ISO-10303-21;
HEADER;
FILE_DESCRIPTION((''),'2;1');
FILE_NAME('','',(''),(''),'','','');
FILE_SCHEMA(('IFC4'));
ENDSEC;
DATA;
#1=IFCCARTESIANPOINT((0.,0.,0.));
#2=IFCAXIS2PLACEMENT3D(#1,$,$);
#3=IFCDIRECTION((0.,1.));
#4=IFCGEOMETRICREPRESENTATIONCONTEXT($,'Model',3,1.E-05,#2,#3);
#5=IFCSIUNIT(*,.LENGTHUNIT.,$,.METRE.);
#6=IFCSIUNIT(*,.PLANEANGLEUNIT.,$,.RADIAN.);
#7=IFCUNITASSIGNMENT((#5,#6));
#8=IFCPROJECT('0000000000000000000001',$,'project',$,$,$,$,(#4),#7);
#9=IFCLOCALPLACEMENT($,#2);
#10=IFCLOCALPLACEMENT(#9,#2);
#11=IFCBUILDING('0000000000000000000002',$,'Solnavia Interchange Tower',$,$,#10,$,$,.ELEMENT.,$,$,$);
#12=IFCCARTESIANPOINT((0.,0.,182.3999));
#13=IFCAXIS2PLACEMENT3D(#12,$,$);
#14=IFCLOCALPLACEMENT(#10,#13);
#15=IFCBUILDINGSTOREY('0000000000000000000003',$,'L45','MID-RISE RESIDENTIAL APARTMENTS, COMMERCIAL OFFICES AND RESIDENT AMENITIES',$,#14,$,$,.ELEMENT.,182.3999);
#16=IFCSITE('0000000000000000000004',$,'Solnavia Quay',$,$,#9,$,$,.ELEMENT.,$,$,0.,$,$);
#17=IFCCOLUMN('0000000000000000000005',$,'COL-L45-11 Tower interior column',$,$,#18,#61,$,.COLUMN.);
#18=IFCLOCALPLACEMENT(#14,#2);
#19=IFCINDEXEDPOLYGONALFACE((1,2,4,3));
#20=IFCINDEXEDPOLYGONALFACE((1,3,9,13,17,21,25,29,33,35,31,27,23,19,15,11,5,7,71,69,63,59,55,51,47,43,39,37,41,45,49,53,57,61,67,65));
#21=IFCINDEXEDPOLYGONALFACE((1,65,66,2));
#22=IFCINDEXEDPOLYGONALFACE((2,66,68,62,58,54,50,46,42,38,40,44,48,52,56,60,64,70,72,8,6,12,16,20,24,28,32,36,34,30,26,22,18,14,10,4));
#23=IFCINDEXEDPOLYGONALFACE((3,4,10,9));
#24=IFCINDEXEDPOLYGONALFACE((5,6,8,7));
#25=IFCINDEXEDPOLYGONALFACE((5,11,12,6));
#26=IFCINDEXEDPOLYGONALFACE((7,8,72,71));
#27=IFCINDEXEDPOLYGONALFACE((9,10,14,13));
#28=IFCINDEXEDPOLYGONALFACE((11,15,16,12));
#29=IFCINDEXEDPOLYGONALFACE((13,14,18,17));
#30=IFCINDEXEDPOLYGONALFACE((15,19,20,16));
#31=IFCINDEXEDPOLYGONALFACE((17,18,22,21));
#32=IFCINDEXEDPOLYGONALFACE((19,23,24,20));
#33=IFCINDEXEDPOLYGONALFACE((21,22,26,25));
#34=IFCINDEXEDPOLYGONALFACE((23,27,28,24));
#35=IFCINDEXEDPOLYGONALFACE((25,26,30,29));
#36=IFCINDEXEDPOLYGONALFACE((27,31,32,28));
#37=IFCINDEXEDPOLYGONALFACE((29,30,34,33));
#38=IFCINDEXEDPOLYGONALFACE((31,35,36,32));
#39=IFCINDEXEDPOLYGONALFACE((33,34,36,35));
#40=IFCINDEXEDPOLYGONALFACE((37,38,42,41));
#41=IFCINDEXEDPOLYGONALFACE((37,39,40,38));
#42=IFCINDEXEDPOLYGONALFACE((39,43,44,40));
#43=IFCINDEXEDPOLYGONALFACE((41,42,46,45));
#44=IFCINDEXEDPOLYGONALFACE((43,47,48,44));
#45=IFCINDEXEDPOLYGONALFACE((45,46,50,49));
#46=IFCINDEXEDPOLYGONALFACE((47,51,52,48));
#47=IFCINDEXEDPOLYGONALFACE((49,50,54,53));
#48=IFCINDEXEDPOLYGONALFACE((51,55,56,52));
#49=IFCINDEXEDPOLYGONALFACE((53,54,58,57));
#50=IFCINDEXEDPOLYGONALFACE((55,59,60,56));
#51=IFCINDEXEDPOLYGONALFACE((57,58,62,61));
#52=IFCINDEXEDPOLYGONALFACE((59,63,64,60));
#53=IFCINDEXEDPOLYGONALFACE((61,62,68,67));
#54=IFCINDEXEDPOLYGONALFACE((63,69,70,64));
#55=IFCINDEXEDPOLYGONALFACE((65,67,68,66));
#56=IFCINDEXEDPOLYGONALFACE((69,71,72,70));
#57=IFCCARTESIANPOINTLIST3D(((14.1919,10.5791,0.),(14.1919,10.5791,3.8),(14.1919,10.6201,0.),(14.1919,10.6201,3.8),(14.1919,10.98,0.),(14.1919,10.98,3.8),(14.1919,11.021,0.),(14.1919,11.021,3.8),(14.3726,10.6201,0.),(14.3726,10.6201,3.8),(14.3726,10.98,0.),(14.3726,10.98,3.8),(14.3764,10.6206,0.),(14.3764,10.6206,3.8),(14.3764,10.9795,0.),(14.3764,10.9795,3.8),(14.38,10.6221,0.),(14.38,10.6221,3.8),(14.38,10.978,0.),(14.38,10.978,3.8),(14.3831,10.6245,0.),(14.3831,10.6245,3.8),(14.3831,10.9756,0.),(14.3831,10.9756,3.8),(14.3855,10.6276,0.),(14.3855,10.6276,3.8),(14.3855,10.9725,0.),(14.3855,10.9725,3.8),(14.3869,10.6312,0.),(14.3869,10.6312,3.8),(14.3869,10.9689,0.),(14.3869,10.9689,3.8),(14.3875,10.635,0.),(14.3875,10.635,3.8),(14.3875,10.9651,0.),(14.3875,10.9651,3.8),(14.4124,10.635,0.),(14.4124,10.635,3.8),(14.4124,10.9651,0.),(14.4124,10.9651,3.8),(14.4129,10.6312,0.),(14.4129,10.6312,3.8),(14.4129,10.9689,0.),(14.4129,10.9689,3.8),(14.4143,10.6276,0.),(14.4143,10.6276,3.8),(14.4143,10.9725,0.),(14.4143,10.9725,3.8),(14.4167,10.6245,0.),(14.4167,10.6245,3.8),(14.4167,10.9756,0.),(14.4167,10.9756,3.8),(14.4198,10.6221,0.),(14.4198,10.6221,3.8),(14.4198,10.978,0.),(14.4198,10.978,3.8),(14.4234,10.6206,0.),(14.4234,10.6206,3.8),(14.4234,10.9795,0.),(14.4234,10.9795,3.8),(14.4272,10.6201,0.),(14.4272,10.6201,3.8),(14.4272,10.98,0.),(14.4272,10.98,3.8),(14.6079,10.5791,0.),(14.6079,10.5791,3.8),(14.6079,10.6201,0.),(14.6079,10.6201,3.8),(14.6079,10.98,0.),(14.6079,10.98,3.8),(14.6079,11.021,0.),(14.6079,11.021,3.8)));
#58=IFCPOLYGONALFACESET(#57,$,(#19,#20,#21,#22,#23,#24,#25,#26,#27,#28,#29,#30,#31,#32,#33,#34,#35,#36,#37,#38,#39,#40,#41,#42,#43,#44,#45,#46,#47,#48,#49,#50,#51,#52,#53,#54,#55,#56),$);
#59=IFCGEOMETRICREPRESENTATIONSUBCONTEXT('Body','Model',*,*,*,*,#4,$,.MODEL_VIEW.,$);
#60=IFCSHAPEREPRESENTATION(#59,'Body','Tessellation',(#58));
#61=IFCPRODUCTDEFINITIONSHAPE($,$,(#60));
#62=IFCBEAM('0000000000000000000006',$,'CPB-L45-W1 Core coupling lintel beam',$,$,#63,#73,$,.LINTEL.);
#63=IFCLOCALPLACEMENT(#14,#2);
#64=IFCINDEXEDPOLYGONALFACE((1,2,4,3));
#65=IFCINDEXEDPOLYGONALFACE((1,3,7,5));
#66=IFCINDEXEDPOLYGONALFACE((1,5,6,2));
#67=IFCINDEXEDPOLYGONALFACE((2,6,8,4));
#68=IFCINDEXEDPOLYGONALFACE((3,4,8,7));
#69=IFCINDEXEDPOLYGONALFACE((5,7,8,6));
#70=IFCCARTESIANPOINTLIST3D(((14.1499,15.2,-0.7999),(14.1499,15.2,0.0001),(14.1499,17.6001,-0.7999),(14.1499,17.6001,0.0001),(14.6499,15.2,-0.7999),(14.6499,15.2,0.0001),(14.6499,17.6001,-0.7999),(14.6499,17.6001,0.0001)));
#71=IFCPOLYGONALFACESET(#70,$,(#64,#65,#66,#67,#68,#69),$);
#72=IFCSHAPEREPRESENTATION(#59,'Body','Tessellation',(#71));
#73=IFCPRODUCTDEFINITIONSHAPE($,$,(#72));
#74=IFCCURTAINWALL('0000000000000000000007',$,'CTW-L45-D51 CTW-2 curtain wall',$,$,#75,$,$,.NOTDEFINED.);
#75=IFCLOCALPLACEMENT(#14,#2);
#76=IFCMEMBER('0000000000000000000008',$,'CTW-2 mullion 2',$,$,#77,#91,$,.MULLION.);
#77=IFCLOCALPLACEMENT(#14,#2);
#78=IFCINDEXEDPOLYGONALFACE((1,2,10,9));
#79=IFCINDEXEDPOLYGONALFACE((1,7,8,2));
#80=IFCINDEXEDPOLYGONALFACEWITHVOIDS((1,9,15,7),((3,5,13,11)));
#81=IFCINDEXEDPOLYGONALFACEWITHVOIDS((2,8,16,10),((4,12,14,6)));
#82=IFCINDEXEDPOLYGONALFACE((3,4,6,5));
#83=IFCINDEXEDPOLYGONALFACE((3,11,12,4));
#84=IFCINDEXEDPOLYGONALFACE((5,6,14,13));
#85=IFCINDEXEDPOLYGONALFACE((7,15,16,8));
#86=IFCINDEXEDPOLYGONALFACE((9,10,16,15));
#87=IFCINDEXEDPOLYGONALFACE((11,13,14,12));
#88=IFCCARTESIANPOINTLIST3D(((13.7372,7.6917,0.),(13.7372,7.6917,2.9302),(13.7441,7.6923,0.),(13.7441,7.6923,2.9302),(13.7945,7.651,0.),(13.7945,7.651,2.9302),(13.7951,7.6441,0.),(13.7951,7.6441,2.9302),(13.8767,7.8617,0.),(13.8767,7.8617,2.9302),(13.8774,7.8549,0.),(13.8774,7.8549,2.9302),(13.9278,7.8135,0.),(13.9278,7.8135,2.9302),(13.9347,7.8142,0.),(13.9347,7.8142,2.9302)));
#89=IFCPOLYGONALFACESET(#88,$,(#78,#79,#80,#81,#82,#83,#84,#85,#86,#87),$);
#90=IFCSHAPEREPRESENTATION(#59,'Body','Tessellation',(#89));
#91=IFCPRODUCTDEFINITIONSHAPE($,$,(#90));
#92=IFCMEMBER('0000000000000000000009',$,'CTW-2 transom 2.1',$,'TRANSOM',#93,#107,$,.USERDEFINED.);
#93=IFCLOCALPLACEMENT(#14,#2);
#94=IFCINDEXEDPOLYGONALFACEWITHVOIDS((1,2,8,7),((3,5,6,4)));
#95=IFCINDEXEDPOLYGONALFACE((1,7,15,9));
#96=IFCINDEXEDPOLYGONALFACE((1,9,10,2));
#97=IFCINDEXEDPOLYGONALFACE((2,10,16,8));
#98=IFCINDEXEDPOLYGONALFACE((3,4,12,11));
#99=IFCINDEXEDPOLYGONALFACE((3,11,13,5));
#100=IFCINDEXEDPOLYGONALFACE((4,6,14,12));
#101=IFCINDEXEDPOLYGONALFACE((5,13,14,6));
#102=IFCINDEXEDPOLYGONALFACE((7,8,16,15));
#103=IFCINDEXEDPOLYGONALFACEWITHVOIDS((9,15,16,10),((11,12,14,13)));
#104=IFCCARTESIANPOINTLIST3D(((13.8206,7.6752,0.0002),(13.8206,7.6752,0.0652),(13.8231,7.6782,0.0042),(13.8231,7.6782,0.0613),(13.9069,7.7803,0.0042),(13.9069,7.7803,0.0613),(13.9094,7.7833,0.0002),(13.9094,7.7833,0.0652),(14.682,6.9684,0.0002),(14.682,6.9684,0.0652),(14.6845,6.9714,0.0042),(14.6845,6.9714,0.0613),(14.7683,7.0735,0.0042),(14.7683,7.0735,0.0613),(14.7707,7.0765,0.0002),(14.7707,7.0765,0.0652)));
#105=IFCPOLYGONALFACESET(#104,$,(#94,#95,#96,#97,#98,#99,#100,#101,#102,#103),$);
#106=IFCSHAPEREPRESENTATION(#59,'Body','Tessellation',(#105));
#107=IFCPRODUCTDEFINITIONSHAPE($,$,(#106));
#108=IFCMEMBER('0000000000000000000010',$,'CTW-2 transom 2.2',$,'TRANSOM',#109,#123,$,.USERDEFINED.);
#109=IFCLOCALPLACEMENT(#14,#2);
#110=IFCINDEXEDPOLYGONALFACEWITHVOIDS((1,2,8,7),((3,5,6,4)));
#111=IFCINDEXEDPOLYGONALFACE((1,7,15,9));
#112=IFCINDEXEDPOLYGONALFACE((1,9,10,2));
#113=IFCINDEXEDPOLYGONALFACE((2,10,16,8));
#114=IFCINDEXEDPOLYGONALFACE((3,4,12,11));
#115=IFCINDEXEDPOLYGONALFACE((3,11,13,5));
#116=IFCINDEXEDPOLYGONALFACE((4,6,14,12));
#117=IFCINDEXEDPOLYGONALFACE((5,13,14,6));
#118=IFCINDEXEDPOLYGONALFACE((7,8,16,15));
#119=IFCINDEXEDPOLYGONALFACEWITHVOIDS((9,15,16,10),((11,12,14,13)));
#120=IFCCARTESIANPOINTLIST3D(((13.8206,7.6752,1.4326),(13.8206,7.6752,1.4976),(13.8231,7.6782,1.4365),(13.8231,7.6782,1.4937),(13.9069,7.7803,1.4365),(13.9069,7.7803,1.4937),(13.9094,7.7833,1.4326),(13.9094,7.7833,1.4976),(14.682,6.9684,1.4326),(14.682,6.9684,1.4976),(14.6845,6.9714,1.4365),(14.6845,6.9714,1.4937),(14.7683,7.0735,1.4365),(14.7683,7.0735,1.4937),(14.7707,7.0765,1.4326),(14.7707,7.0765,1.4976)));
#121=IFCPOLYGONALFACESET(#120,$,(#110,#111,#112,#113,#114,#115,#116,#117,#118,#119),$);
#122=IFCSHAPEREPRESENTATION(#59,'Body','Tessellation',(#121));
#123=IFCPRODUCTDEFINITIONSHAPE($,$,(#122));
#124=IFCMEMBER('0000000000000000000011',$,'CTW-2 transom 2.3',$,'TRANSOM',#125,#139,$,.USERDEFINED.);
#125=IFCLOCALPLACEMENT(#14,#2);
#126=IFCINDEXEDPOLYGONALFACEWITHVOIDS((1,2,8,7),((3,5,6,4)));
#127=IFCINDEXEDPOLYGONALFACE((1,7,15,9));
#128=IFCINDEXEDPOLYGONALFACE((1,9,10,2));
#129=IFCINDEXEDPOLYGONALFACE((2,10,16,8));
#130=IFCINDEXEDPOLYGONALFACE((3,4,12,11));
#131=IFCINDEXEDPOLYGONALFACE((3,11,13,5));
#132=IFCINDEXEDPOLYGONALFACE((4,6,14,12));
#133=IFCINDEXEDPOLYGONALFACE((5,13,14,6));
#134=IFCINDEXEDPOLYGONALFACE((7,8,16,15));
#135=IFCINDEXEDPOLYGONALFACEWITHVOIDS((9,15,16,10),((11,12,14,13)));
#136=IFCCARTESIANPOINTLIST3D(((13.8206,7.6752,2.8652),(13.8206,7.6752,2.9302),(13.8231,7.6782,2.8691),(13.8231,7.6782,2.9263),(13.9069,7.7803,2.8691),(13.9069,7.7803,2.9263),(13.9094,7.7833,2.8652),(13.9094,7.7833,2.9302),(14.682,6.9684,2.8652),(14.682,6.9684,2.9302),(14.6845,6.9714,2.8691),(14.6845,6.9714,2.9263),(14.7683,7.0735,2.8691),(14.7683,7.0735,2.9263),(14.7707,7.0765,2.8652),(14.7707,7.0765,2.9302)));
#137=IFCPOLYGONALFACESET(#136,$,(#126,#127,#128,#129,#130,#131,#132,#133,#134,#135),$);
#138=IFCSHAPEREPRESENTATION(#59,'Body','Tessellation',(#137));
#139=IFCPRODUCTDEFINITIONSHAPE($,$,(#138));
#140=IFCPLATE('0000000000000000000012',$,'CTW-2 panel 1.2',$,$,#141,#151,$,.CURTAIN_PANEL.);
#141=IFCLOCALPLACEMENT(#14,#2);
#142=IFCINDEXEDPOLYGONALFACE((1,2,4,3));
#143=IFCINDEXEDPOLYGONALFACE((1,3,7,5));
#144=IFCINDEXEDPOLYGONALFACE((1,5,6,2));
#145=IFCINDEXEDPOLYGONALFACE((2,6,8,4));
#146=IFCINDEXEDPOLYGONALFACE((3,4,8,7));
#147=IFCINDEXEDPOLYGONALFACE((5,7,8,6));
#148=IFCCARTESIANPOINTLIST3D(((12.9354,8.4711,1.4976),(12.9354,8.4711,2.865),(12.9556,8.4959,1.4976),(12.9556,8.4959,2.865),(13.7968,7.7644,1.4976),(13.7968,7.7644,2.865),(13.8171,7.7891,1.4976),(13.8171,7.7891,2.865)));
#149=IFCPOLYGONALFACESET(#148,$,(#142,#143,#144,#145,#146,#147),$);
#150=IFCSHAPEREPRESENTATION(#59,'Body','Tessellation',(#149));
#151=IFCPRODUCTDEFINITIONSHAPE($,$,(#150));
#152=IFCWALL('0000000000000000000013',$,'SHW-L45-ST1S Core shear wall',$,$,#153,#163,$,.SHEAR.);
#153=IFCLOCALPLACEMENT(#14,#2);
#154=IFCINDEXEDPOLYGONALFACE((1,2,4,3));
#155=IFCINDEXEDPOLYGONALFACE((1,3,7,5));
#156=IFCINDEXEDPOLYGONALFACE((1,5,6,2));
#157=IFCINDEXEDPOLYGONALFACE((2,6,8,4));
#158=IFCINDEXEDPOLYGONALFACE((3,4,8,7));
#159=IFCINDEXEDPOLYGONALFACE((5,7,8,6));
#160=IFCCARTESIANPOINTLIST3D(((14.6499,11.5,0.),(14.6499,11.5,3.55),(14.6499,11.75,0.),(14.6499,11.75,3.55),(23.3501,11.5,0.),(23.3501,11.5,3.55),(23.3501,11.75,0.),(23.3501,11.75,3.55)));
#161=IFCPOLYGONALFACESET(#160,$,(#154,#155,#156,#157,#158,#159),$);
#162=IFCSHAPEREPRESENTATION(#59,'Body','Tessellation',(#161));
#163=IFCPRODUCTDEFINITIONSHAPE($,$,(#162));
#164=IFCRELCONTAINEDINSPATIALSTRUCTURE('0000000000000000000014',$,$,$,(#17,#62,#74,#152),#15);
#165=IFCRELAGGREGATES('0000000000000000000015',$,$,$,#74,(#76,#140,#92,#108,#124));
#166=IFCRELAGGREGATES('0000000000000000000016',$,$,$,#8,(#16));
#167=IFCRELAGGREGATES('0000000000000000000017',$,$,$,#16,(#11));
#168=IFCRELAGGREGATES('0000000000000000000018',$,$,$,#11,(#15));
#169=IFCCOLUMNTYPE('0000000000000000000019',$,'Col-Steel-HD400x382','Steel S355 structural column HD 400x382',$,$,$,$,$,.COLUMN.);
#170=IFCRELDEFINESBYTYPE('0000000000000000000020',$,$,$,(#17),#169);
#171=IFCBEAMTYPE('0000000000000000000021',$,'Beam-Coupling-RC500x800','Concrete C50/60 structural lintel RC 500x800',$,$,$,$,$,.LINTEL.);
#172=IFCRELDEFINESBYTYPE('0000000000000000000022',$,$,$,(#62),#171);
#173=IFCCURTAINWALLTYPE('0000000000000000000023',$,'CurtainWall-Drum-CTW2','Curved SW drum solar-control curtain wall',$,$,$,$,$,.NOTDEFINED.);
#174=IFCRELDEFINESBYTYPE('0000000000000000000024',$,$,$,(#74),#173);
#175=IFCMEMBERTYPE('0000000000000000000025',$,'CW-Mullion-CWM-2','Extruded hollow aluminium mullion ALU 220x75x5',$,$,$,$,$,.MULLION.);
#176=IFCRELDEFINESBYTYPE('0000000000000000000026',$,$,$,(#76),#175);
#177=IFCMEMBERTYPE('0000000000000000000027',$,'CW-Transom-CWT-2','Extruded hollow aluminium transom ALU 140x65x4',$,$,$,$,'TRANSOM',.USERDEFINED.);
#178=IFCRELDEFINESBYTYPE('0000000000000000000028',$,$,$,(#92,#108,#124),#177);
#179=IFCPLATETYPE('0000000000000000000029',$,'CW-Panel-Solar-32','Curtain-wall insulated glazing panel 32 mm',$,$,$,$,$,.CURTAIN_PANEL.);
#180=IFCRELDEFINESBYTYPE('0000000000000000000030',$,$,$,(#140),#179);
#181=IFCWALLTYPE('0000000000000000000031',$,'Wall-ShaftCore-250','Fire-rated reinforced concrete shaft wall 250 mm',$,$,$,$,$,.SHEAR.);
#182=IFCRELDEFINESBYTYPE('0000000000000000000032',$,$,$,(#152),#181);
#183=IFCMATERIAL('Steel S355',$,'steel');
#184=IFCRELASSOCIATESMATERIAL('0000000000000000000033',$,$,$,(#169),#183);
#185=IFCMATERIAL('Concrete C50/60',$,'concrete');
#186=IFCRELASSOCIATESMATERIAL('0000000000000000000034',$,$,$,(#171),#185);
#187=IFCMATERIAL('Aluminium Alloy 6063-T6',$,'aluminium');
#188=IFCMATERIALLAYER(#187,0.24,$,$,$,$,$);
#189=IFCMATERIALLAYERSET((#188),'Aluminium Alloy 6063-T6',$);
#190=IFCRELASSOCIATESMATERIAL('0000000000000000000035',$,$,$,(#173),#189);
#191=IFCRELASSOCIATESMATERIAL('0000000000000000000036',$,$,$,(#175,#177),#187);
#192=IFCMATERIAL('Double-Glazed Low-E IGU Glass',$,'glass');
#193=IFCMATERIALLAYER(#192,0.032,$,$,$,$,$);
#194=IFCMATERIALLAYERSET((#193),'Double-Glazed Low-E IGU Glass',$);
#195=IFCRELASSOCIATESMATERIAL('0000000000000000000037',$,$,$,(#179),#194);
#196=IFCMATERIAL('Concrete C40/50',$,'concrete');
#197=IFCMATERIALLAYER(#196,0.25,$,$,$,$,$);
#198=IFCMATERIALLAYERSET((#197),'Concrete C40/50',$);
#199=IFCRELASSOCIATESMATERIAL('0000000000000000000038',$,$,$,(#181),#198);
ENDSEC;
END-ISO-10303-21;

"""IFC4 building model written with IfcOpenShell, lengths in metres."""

from ifc_helpers import new_model, si_unit, direction, frame, frame_2d, origin, origin_2d, place, context, subcontext, project, spatial, rectangle, hollow_rectangle, i_section, extrude, material, layer, layer_set, material_profile, profile_set, type_object, element, aggregate, save


model = new_model("IFC4")

# Units and contexts
model_context = context("Model", 3, precision=1e-05, world=origin(), true_north=direction((0.0, 1.0)))
body_context = subcontext(model_context, "Body", "Model", "MODEL_VIEW")
ifc_project = project(units=[si_unit("LENGTHUNIT", "METRE"), si_unit("PLANEANGLEUNIT", "RADIAN")], contexts=[model_context])

# Site, building, storey
site_placement = place(None, origin())
site = spatial("IfcSite", under=ifc_project, at=site_placement, Name="Solnavia Quay", CompositionType="ELEMENT", RefElevation=0.0)
building_placement = place(site_placement, origin())
building = spatial("IfcBuilding", under=site, at=building_placement, Name="Solnavia Interchange Tower", CompositionType="ELEMENT")
storey_placement = place(building_placement, frame((0.0, 0.0, 182.3999)))
storey = spatial("IfcBuildingStorey", under=building, at=storey_placement, Name="L45", Description="MID-RISE RESIDENTIAL APARTMENTS, COMMERCIAL OFFICES AND RESIDENT AMENITIES", CompositionType="ELEMENT", Elevation=182.3999)

# Column
ifc_material_1 = material(Name="Steel S355", Category="steel")
ifc_material_profile_1 = material_profile(ifc_material_1, i_section(OverallWidth=0.416, OverallDepth=0.4419, WebThickness=0.0249, FlangeThickness=0.041, FilletRadius=0.0149, at=origin_2d()), Name="HD 400x382")
ifc_profile_set_1 = profile_set([ifc_material_profile_1], Name="Steel S355")
column_type = type_object("IfcColumnType", Name="Col-Steel-HD400x382", Description="Steel S355 structural column HD 400x382", PredefinedType="COLUMN", material=ifc_profile_set_1)
column_placement = place(storey_placement, frame((14.3999, 10.8, 0.0), z_axis=(0.0, 0.0, 1.0), x_axis=(1.0, 0.0, 0.0)))
element("IfcColumn", 1, at=column_placement, inside=storey, type_object=column_type, Name="COL-L45-11 Tower interior column", PredefinedType="COLUMN", context=body_context, shape_type="SweptSolid", body=[
    extrude(i_section(OverallWidth=0.416, OverallDepth=0.4419, WebThickness=0.0249, FlangeThickness=0.041, FilletRadius=0.0149, at=origin_2d()), origin(), (0.0, 0.0, 1.0), 3.8),
])

# Beam
ifc_material_2 = material(Name="Concrete C50/60", Category="concrete")
ifc_material_profile_2 = material_profile(ifc_material_2, rectangle(XDim=0.5, YDim=0.8, at=origin_2d()), Name="RC 500x800")
ifc_profile_set_2 = profile_set([ifc_material_profile_2], Name="Concrete C50/60")
beam_type = type_object("IfcBeamType", Name="Beam-Coupling-RC500x800", Description="Concrete C50/60 structural lintel RC 500x800", PredefinedType="LINTEL", material=ifc_profile_set_2)
beam_placement = place(storey_placement, frame((14.3999, 15.2, -0.3999), z_axis=(0.0, 1.0, 0.0), x_axis=(-1.0, 0.0, 0.0)))
element("IfcBeam", 2, at=beam_placement, inside=storey, type_object=beam_type, Name="CPB-L45-W1 Core coupling lintel beam", PredefinedType="LINTEL", context=body_context, shape_type="SweptSolid", body=[
    extrude(rectangle(XDim=0.5, YDim=0.8, at=origin_2d()), origin(), (0.0, 0.0, 1.0), 2.4001),
])

# Curtain wall, members, plate
ifc_material_3 = material(Name="Aluminium Alloy 6063-T6", Category="aluminium")
ifc_layer_1 = layer(ifc_material_3, 0.24)
ifc_layer_set_1 = layer_set([ifc_layer_1], Name="Aluminium Alloy 6063-T6")
curtain_wall_type = type_object("IfcCurtainWallType", Name="CurtainWall-Drum-CTW2", Description="Curved SW drum solar-control curtain wall", PredefinedType="NOTDEFINED", material=ifc_layer_set_1)
curtain_wall_placement = place(storey_placement, origin())
curtain_wall = element("IfcCurtainWall", 3, at=curtain_wall_placement, inside=storey, type_object=curtain_wall_type, Name="CTW-L45-D51 CTW-2 curtain wall", PredefinedType="NOTDEFINED")
ifc_material_profile_3 = material_profile(ifc_material_3, hollow_rectangle(XDim=0.075, YDim=0.22, WallThickness=0.0049, at=origin_2d()), Name="ALU 220x75x5")
ifc_profile_set_3 = profile_set([ifc_material_profile_3], Name="Aluminium Alloy 6063-T6")
member_type_1 = type_object("IfcMemberType", Name="CW-Mullion-CWM-2", Description="Extruded hollow aluminium mullion ALU 220x75x5", PredefinedType="MULLION", material=ifc_profile_set_3)
member_1_placement = place(storey_placement, frame((13.8359, 7.7529, 0.0), z_axis=(0.0, 0.0, 1.0), x_axis=(0.773103, -0.63428, 0.0)))
member_1 = element("IfcMember", 4, at=member_1_placement, type_object=member_type_1, Name="CTW-2 mullion 2", PredefinedType="MULLION", context=body_context, shape_type="SweptSolid", body=[
    extrude(hollow_rectangle(XDim=0.075, YDim=0.22, WallThickness=0.0049, at=origin_2d()), origin(), (0.0, 0.0, 1.0), 2.9302),
])
ifc_material_profile_4 = material_profile(ifc_material_3, hollow_rectangle(XDim=0.0649, YDim=0.1399, WallThickness=0.0039, at=origin_2d()), Name="ALU 140x65x4")
ifc_profile_set_4 = profile_set([ifc_material_profile_4], Name="Aluminium Alloy 6063-T6")
member_type_2 = type_object("IfcMemberType", Name="CW-Transom-CWT-2", Description="Extruded hollow aluminium transom ALU 140x65x4", ElementType="TRANSOM", PredefinedType="USERDEFINED", material=ifc_profile_set_4)
member_2_placement = place(storey_placement, frame((13.865, 7.7292, 0.0327), z_axis=(0.773049, -0.634347, 0.0), x_axis=(0.0, 0.0, 1.0)))
member_2 = element("IfcMember", 5, at=member_2_placement, type_object=member_type_2, Name="CTW-2 transom 2.1", ObjectType="TRANSOM", PredefinedType="USERDEFINED", context=body_context, shape_type="SweptSolid", body=[
    extrude(hollow_rectangle(XDim=0.0649, YDim=0.1399, WallThickness=0.0039, at=origin_2d()), origin(), (0.0, 0.0, 1.0), 1.1143),
])
member_3_placement = place(storey_placement, frame((13.865, 7.7292, 1.4651), z_axis=(0.773049, -0.634347, 0.0), x_axis=(0.0, 0.0, 1.0)))
member_3 = element("IfcMember", 6, at=member_3_placement, type_object=member_type_2, Name="CTW-2 transom 2.2", ObjectType="TRANSOM", PredefinedType="USERDEFINED", context=body_context, shape_type="SweptSolid", body=[
    extrude(hollow_rectangle(XDim=0.0649, YDim=0.1399, WallThickness=0.0039, at=origin_2d()), origin(), (0.0, 0.0, 1.0), 1.1143),
])
member_4_placement = place(storey_placement, frame((13.865, 7.7292, 2.8977), z_axis=(0.773049, -0.634347, 0.0), x_axis=(0.0, 0.0, 1.0)))
member_4 = element("IfcMember", 7, at=member_4_placement, type_object=member_type_2, Name="CTW-2 transom 2.3", ObjectType="TRANSOM", PredefinedType="USERDEFINED", context=body_context, shape_type="SweptSolid", body=[
    extrude(hollow_rectangle(XDim=0.0649, YDim=0.1399, WallThickness=0.0039, at=origin_2d()), origin(), (0.0, 0.0, 1.0), 1.1143),
])
ifc_material_4 = material(Name="Double-Glazed Low-E IGU Glass", Category="glass")
ifc_layer_2 = layer(ifc_material_4, 0.032)
ifc_layer_set_2 = layer_set([ifc_layer_2], Name="Double-Glazed Low-E IGU Glass")
plate_type = type_object("IfcPlateType", Name="CW-Panel-Solar-32", Description="Curtain-wall insulated glazing panel 32 mm", PredefinedType="CURTAIN_PANEL", material=ifc_layer_set_2)
plate_placement = place(storey_placement, frame((13.3762, 8.1301, 1.4976), z_axis=(0.0, 0.0, 1.0), x_axis=(0.773103, -0.63428, 0.0)))
plate = element("IfcPlate", 8, at=plate_placement, type_object=plate_type, Name="CTW-2 panel 1.2", PredefinedType="CURTAIN_PANEL", context=body_context, shape_type="SweptSolid", body=[
    extrude(rectangle(XDim=1.1143, YDim=0.032, at=origin_2d()), origin(), (0.0, 0.0, 1.0), 1.3674),
])
aggregate(curtain_wall, [member_1, plate, member_2, member_3, member_4])

# Wall
ifc_material_5 = material(Name="Concrete C40/50", Category="concrete")
ifc_layer_3 = layer(ifc_material_5, 0.25)
ifc_layer_set_3 = layer_set([ifc_layer_3], Name="Concrete C40/50")
wall_type_1 = type_object("IfcWallType", Name="Wall-ShaftCore-250", Description="Fire-rated reinforced concrete shaft wall 250 mm", PredefinedType="SHEAR", material=ifc_layer_set_3)
wall_1_placement = place(storey_placement, frame((14.6499, 11.625, 0.0), z_axis=(0.0, 0.0, 1.0), x_axis=(1.0, 0.0, 0.0)))
element("IfcWall", 9, at=wall_1_placement, inside=storey, type_object=wall_type_1, Name="SHW-L45-ST1S Core shear wall", PredefinedType="SHEAR", context=body_context, shape_type="SweptSolid", body=[
    extrude(rectangle(XDim=8.7002, YDim=0.25, at=frame_2d((4.3501, 0.0))), origin(), (0.0, 0.0, 1.0), 3.55),
])

save(model, "model.ifc")
